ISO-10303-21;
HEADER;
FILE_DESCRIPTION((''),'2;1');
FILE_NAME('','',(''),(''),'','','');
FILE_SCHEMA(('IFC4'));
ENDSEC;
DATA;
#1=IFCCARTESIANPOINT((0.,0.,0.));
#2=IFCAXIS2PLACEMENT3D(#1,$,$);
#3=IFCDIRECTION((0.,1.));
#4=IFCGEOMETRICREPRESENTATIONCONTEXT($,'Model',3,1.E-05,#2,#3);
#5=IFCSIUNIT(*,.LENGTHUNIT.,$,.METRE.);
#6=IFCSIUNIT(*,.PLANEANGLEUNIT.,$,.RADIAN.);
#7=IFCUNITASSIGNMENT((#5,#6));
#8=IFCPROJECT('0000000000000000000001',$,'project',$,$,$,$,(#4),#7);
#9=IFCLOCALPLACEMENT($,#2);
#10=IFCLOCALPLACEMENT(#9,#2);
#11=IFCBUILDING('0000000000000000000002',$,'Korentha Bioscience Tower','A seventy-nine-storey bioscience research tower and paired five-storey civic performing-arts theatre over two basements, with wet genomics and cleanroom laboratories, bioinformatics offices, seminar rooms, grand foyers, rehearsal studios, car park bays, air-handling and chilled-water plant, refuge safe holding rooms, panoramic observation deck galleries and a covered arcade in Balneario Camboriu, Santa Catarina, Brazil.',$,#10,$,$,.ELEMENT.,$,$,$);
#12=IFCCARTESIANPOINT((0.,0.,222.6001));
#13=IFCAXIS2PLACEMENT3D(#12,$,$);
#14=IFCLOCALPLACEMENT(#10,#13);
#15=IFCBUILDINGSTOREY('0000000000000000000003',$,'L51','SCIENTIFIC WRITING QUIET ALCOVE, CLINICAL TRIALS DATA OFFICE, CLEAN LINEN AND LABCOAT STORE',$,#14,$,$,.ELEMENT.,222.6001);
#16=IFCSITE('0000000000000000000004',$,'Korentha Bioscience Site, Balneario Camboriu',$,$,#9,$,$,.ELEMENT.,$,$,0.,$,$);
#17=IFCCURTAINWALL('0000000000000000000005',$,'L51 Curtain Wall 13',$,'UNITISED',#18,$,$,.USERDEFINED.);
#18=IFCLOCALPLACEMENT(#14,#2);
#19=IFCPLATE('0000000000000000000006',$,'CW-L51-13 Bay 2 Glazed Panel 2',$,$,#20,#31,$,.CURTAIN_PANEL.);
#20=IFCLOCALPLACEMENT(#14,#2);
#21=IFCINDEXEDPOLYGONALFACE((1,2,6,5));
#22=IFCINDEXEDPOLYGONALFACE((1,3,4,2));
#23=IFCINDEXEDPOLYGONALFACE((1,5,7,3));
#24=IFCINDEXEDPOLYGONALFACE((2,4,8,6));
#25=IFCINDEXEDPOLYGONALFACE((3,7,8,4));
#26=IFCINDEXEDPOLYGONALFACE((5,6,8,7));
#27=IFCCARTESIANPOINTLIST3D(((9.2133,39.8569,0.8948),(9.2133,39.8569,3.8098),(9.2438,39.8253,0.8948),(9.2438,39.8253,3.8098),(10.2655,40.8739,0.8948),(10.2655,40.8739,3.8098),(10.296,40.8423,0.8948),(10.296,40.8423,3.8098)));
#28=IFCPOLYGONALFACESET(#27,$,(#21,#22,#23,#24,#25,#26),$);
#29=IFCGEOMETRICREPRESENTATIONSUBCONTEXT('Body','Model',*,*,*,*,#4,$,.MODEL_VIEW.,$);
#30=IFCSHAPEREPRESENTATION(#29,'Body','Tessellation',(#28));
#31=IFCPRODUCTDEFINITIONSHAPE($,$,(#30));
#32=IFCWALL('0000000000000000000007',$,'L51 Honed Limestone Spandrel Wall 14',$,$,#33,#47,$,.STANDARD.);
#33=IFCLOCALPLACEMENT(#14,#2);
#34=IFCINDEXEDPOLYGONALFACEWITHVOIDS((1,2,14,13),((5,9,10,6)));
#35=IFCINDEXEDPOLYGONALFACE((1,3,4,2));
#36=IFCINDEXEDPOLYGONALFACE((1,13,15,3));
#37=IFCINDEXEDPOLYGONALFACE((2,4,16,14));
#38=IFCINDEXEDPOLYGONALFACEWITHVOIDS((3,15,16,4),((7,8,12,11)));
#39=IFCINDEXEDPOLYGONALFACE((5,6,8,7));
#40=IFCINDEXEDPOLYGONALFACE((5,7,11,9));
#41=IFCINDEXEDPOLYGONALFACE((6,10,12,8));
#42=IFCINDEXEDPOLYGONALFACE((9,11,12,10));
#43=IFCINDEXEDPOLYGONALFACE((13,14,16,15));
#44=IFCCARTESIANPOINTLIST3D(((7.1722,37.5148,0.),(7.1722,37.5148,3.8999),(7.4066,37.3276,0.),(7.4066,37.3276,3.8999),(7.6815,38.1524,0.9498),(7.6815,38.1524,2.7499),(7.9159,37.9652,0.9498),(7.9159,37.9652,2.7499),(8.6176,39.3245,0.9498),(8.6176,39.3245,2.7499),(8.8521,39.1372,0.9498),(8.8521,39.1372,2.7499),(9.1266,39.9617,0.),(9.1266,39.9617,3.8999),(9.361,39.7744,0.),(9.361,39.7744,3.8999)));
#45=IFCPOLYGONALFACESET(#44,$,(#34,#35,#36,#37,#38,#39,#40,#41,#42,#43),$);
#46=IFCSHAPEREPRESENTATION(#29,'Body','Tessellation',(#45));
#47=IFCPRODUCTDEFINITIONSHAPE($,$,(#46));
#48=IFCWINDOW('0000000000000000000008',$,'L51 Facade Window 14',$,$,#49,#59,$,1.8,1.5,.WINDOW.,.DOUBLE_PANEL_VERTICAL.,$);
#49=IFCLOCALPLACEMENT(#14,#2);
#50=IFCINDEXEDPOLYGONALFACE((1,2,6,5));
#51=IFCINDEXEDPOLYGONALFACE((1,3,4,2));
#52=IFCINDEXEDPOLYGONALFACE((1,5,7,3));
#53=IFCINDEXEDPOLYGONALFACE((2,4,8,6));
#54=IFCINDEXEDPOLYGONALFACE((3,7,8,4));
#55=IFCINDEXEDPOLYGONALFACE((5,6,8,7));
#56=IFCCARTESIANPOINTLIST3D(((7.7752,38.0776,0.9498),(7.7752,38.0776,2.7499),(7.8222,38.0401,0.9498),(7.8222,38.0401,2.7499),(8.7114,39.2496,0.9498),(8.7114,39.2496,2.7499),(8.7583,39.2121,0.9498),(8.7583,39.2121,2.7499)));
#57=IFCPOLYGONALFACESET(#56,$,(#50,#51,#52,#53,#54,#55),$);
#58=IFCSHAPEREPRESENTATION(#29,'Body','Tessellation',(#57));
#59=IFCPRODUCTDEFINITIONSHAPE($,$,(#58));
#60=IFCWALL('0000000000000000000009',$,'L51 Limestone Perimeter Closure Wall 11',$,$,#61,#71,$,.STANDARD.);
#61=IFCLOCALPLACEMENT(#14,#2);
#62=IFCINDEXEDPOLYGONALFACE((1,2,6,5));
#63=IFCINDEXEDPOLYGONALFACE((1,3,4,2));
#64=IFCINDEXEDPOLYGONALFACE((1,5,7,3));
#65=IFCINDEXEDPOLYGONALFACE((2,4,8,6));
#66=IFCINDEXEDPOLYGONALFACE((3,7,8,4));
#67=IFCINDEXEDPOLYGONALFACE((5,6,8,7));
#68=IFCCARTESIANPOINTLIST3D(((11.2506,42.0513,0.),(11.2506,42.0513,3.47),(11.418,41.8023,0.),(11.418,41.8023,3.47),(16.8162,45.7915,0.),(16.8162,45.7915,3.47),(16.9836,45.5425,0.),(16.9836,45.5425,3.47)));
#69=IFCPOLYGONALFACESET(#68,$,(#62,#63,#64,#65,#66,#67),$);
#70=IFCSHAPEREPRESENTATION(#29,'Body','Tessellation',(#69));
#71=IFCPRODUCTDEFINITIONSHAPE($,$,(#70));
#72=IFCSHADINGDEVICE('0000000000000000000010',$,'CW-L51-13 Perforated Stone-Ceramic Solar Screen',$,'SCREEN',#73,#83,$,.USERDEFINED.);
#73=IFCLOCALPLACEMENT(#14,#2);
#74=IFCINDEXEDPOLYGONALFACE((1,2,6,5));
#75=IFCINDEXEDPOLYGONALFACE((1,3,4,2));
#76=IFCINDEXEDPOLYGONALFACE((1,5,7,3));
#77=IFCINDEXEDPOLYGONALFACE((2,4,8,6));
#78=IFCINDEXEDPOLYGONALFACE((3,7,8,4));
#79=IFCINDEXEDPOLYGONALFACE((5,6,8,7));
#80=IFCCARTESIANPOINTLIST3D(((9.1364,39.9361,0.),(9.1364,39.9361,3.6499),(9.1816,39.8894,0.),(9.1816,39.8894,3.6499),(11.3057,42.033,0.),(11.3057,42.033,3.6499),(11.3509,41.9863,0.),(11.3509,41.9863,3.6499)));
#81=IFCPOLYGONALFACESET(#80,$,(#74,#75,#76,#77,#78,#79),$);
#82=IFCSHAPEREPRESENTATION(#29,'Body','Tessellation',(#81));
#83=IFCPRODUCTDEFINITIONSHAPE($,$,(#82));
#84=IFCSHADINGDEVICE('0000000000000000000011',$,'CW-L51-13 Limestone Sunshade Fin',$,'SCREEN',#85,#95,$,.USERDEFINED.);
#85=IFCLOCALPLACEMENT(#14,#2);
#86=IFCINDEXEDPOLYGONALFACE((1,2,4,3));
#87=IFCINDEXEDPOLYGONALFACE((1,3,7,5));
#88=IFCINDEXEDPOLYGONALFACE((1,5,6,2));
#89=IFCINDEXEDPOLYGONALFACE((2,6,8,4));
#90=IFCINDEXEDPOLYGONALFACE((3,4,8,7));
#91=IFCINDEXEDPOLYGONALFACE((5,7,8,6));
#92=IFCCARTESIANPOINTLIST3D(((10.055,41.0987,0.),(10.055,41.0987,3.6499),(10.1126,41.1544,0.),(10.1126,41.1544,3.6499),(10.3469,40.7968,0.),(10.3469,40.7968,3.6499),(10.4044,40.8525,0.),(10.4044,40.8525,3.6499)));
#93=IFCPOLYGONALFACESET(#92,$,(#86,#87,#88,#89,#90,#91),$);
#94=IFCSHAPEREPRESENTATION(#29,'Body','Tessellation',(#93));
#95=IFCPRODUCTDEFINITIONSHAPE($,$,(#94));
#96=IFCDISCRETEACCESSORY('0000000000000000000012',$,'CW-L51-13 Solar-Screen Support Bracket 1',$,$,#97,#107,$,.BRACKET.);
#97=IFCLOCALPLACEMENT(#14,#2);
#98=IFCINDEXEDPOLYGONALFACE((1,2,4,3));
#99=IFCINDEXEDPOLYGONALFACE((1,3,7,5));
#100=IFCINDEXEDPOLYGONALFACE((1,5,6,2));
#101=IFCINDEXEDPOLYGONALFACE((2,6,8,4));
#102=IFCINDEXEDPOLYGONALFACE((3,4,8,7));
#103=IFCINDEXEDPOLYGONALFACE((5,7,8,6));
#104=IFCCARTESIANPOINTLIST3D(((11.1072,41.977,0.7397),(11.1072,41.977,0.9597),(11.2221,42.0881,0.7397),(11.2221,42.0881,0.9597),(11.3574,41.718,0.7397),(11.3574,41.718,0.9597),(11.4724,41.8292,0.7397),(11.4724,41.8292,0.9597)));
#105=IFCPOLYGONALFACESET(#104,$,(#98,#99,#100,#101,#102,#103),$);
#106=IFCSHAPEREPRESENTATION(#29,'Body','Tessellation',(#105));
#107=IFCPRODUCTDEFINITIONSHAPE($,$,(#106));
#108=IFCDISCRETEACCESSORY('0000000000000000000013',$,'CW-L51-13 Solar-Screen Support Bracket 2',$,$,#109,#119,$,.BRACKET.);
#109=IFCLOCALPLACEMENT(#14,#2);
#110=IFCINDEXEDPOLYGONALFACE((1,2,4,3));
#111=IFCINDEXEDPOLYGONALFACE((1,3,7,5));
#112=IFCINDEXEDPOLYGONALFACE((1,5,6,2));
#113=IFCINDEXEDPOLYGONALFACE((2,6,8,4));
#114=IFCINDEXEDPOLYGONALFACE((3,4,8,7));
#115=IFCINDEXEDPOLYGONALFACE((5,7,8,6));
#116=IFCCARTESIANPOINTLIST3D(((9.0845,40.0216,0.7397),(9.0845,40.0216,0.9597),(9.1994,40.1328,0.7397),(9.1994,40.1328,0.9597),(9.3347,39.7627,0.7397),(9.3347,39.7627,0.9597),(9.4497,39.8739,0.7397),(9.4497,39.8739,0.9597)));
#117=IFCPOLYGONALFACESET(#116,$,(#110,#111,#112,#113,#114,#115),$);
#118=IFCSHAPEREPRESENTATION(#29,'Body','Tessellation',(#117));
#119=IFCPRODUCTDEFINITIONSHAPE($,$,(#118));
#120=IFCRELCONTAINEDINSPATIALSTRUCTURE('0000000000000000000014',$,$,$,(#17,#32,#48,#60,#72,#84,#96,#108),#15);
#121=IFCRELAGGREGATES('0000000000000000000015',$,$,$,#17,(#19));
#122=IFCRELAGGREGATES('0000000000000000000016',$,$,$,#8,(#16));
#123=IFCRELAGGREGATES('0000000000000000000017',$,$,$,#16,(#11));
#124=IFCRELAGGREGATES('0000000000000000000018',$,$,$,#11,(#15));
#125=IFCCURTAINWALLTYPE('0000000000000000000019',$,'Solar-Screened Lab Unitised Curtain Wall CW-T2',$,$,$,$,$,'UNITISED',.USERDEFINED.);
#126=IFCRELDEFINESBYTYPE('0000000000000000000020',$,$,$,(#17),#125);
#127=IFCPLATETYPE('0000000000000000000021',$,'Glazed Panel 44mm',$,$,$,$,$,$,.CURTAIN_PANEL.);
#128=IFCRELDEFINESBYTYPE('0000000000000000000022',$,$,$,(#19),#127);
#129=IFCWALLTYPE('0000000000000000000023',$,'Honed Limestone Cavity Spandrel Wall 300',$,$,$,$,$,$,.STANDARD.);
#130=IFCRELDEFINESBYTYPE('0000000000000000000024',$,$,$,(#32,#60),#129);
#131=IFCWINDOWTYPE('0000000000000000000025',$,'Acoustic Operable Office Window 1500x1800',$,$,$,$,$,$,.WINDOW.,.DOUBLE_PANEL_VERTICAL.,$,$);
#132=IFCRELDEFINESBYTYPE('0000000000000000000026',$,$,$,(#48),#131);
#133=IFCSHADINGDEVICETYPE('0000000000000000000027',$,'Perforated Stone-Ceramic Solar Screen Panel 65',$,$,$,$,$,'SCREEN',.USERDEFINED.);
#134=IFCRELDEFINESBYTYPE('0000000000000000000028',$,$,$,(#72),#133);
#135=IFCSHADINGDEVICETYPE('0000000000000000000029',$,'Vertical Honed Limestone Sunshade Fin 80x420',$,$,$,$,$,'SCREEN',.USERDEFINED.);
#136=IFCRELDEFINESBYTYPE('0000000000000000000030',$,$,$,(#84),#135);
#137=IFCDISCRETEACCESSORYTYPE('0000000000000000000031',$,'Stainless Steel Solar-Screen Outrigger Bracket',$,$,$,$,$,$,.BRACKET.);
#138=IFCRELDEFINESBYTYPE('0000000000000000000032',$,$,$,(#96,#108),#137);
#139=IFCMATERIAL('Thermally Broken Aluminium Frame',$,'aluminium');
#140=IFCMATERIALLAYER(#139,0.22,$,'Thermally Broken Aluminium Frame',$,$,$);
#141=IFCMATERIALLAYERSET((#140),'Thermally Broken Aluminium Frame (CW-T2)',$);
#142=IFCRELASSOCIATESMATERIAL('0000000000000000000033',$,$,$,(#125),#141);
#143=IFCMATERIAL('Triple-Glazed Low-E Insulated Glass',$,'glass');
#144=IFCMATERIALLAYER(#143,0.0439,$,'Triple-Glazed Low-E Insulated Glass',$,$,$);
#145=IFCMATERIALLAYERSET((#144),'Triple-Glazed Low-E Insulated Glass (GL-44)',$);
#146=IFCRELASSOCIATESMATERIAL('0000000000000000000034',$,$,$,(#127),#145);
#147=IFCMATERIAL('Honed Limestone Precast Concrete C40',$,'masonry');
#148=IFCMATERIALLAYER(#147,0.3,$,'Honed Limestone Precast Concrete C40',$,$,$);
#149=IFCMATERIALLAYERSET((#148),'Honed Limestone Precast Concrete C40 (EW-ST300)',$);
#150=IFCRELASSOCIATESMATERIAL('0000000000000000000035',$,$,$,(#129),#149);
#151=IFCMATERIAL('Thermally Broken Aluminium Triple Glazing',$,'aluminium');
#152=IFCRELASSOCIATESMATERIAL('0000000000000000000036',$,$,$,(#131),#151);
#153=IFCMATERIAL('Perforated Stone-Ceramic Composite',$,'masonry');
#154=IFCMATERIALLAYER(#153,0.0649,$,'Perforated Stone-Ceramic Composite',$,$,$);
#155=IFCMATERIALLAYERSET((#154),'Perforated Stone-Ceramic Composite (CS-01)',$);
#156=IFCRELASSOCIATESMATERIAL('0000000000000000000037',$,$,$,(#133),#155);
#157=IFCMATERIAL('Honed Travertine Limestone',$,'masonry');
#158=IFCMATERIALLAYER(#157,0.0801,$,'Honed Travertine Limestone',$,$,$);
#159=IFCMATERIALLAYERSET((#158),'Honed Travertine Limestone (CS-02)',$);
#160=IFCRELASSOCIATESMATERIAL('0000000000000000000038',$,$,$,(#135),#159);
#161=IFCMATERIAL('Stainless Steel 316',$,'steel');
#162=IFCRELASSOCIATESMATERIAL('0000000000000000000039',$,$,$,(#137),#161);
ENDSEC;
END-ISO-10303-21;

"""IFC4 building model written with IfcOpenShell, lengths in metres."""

from ifc_helpers import new_model, si_unit, direction, frame, frame_2d, origin, origin_2d, place, context, subcontext, project, spatial, rectangle, extrude, material, layer, layer_set, type_object, element, fill, aggregate, save


model = new_model("IFC4")

# Units and contexts
model_context = context("Model", 3, precision=1e-05, world=origin(), true_north=direction((0.0, 1.0)))
body_context = subcontext(model_context, "Body", "Model", "MODEL_VIEW")
ifc_project = project(units=[si_unit("LENGTHUNIT", "METRE"), si_unit("PLANEANGLEUNIT", "RADIAN")], contexts=[model_context])

# Site, building, storey
site_placement = place(None, origin())
site = spatial("IfcSite", under=ifc_project, at=site_placement, Name="Korentha Bioscience Site, Balneario Camboriu", CompositionType="ELEMENT", RefElevation=0.0)
building_placement = place(site_placement, origin())
building = spatial("IfcBuilding", under=site, at=building_placement, Name="Korentha Bioscience Tower", Description="A seventy-nine-storey bioscience research tower and paired five-storey civic performing-arts theatre over two basements, with wet genomics and cleanroom laboratories, bioinformatics offices, seminar rooms, grand foyers, rehearsal studios, car park bays, air-handling and chilled-water plant, refuge safe holding rooms, panoramic observation deck galleries and a covered arcade in Balneario Camboriu, Santa Catarina, Brazil.", CompositionType="ELEMENT")
storey_placement = place(building_placement, frame((0.0, 0.0, 222.6001)))
storey = spatial("IfcBuildingStorey", under=building, at=storey_placement, Name="L51", Description="SCIENTIFIC WRITING QUIET ALCOVE, CLINICAL TRIALS DATA OFFICE, CLEAN LINEN AND LABCOAT STORE", CompositionType="ELEMENT", Elevation=222.6001)

# Curtain wall
ifc_material_1 = material(Name="Thermally Broken Aluminium Frame", Category="aluminium")
ifc_layer_1 = layer(ifc_material_1, 0.22, Name="Thermally Broken Aluminium Frame")
ifc_layer_set_1 = layer_set([ifc_layer_1], Name="Thermally Broken Aluminium Frame (CW-T2)")
curtain_wall_type = type_object("IfcCurtainWallType", Name="Solar-Screened Lab Unitised Curtain Wall CW-T2", ElementType="UNITISED", PredefinedType="USERDEFINED", material=ifc_layer_set_1)
curtain_wall_placement = place(storey_placement, origin())
curtain_wall = element("IfcCurtainWall", 1, at=curtain_wall_placement, inside=storey, type_object=curtain_wall_type, Name="L51 Curtain Wall 13", ObjectType="UNITISED", PredefinedType="USERDEFINED")

# Plate
ifc_material_2 = material(Name="Triple-Glazed Low-E Insulated Glass", Category="glass")
ifc_layer_2 = layer(ifc_material_2, 0.0439, Name="Triple-Glazed Low-E Insulated Glass")
ifc_layer_set_2 = layer_set([ifc_layer_2], Name="Triple-Glazed Low-E Insulated Glass (GL-44)")
plate_type = type_object("IfcPlateType", Name="Glazed Panel 44mm", PredefinedType="CURTAIN_PANEL", material=ifc_layer_set_2)
plate_1_placement = place(storey_placement, frame((9.7546, 40.3496, 0.8948), z_axis=(0.0, 0.0, 1.0), x_axis=(-0.719, -0.69501, 0.0)))
plate_1 = element("IfcPlate", 2, at=plate_1_placement, type_object=plate_type, Name="CW-L51-13 Bay 2 Glazed Panel 2", PredefinedType="CURTAIN_PANEL", context=body_context, shape_type="SweptSolid", body=[
    extrude(rectangle(XDim=1.4634, YDim=0.0439, at=origin_2d()), origin(), (0.0, 0.0, 1.0), 2.915),
])
aggregate(curtain_wall, [plate_1])

# Wall, opening, window
ifc_material_3 = material(Name="Honed Limestone Precast Concrete C40", Category="masonry")
ifc_layer_3 = layer(ifc_material_3, 0.3, Name="Honed Limestone Precast Concrete C40")
ifc_layer_set_3 = layer_set([ifc_layer_3], Name="Honed Limestone Precast Concrete C40 (EW-ST300)")
wall_type = type_object("IfcWallType", Name="Honed Limestone Cavity Spandrel Wall 300", PredefinedType="STANDARD", material=ifc_layer_set_3)
wall_1_placement = place(storey_placement, frame((9.2439, 39.8682, 0.0), z_axis=(0.0, 0.0, 1.0), x_axis=(-0.624096, -0.781348, 0.0)))
wall_1 = element("IfcWall", 3, at=wall_1_placement, inside=storey, type_object=wall_type, Name="L51 Honed Limestone Spandrel Wall 14", PredefinedType="STANDARD", context=body_context, shape_type="SweptSolid", body=[
    extrude(rectangle(XDim=3.1316, YDim=0.3, at=frame_2d((1.5659, 0.0))), origin(), (0.0, 0.0, 1.0), 3.8999),
])
opening_placement = place(wall_1_placement, frame((0.8157, 0.0, 0.95)))
opening = element("IfcOpeningElement", 4, at=opening_placement, cuts=wall_1, PredefinedType="OPENING", context=body_context, shape_type="SweptSolid", body=[
    extrude(rectangle(XDim=1.5, YDim=1.8, at=frame_2d((0.75, 0.8999))), frame((0.0, 0.165, 0.0), z_axis=(0.0, -1.0, 0.0), x_axis=(1.0, 0.0, 0.0)), (0.0, 0.0, 1.0), 0.3298),
])
ifc_material_4 = material(Name="Thermally Broken Aluminium Triple Glazing", Category="aluminium")
window_type = type_object("IfcWindowType", Name="Acoustic Operable Office Window 1500x1800", PartitioningType="DOUBLE_PANEL_VERTICAL", PredefinedType="WINDOW", material=ifc_material_4)
window_placement = place(opening_placement, origin())
window = element("IfcWindow", 5, at=window_placement, inside=storey, type_object=window_type, Name="L51 Facade Window 14", OverallHeight=1.8, OverallWidth=1.5, PartitioningType="DOUBLE_PANEL_VERTICAL", PredefinedType="WINDOW", context=body_context, shape_type="SweptSolid", body=[
    extrude(rectangle(XDim=1.5, YDim=1.8, at=frame_2d((0.75, 0.8999))), frame((0.0, 0.03, 0.0), z_axis=(0.0, -1.0, 0.0), x_axis=(1.0, 0.0, 0.0)), (0.0, 0.0, 1.0), 0.0601),
])
fill(opening, window)

# Wall
wall_2_placement = place(storey_placement, frame((16.8999, 45.667, 0.0), z_axis=(0.0, 0.0, 1.0), x_axis=(-0.829995, -0.557771, 0.0)))
element("IfcWall", 6, at=wall_2_placement, inside=storey, type_object=wall_type, Name="L51 Limestone Perimeter Closure Wall 11", PredefinedType="STANDARD", context=body_context, shape_type="SweptSolid", body=[
    extrude(rectangle(XDim=6.7056, YDim=0.3, at=frame_2d((3.3528, 0.0))), origin(), (0.0, 0.0, 1.0), 3.47),
])

# Shading devices
ifc_material_5 = material(Name="Perforated Stone-Ceramic Composite", Category="masonry")
ifc_layer_4 = layer(ifc_material_5, 0.0649, Name="Perforated Stone-Ceramic Composite")
ifc_layer_set_4 = layer_set([ifc_layer_4], Name="Perforated Stone-Ceramic Composite (CS-01)")
shading_device_type_1 = type_object("IfcShadingDeviceType", Name="Perforated Stone-Ceramic Solar Screen Panel 65", ElementType="SCREEN", PredefinedType="USERDEFINED", material=ifc_layer_set_4)
shading_device_1_placement = place(storey_placement, frame((10.2437, 40.9612, 0.0), z_axis=(0.0, 0.0, 1.0), x_axis=(-0.719, -0.69501, 0.0)))
element("IfcShadingDevice", 7, at=shading_device_1_placement, inside=storey, type_object=shading_device_type_1, Name="CW-L51-13 Perforated Stone-Ceramic Solar Screen", ObjectType="SCREEN", PredefinedType="USERDEFINED", context=body_context, shape_type="SweptSolid", body=[
    extrude(rectangle(XDim=3.0171, YDim=0.0649, at=origin_2d()), origin(), (0.0, 0.0, 1.0), 3.6499),
])
ifc_material_6 = material(Name="Honed Travertine Limestone", Category="masonry")
ifc_layer_5 = layer(ifc_material_6, 0.0801, Name="Honed Travertine Limestone")
ifc_layer_set_5 = layer_set([ifc_layer_5], Name="Honed Travertine Limestone (CS-02)")
shading_device_type_2 = type_object("IfcShadingDeviceType", Name="Vertical Honed Limestone Sunshade Fin 80x420", ElementType="SCREEN", PredefinedType="USERDEFINED", material=ifc_layer_set_5)
shading_device_2_placement = place(storey_placement, frame((10.2297, 40.9756, 0.0), z_axis=(0.0, 0.0, 1.0), x_axis=(-0.719, -0.69501, 0.0)))
element("IfcShadingDevice", 8, at=shading_device_2_placement, inside=storey, type_object=shading_device_type_2, Name="CW-L51-13 Limestone Sunshade Fin", ObjectType="SCREEN", PredefinedType="USERDEFINED", context=body_context, shape_type="SweptSolid", body=[
    extrude(rectangle(XDim=0.0801, YDim=0.4199, at=origin_2d()), origin(), (0.0, 0.0, 1.0), 3.6499),
])

# Discrete accessories
ifc_material_7 = material(Name="Stainless Steel 316", Category="steel")
discrete_accessory_type = type_object("IfcDiscreteAccessoryType", Name="Stainless Steel Solar-Screen Outrigger Bracket", PredefinedType="BRACKET", material=ifc_material_7)
for number, where, z_axis, x_axis, name in (
    (9, (11.2898, 41.9031, 0.7397), (0.0, 0.0, 1.0), (-0.719, -0.69501, 0.0), "CW-L51-13 Solar-Screen Support Bracket 1"),
    (10, (9.2671, 39.9478, 0.7397), (0.0, 0.0, 1.0), (-0.719, -0.69501, 0.0), "CW-L51-13 Solar-Screen Support Bracket 2"),
):
    element("IfcDiscreteAccessory", number, at=place(storey_placement, frame(where, z_axis=z_axis, x_axis=x_axis)), inside=storey, type_object=discrete_accessory_type, Name=name, PredefinedType="BRACKET", context=body_context, shape_type="SweptSolid", body=[
        extrude(rectangle(XDim=0.1599, YDim=0.3601, at=origin_2d()), origin(), (0.0, 0.0, 1.0), 0.22),
    ])

save(model, "model.ifc")
